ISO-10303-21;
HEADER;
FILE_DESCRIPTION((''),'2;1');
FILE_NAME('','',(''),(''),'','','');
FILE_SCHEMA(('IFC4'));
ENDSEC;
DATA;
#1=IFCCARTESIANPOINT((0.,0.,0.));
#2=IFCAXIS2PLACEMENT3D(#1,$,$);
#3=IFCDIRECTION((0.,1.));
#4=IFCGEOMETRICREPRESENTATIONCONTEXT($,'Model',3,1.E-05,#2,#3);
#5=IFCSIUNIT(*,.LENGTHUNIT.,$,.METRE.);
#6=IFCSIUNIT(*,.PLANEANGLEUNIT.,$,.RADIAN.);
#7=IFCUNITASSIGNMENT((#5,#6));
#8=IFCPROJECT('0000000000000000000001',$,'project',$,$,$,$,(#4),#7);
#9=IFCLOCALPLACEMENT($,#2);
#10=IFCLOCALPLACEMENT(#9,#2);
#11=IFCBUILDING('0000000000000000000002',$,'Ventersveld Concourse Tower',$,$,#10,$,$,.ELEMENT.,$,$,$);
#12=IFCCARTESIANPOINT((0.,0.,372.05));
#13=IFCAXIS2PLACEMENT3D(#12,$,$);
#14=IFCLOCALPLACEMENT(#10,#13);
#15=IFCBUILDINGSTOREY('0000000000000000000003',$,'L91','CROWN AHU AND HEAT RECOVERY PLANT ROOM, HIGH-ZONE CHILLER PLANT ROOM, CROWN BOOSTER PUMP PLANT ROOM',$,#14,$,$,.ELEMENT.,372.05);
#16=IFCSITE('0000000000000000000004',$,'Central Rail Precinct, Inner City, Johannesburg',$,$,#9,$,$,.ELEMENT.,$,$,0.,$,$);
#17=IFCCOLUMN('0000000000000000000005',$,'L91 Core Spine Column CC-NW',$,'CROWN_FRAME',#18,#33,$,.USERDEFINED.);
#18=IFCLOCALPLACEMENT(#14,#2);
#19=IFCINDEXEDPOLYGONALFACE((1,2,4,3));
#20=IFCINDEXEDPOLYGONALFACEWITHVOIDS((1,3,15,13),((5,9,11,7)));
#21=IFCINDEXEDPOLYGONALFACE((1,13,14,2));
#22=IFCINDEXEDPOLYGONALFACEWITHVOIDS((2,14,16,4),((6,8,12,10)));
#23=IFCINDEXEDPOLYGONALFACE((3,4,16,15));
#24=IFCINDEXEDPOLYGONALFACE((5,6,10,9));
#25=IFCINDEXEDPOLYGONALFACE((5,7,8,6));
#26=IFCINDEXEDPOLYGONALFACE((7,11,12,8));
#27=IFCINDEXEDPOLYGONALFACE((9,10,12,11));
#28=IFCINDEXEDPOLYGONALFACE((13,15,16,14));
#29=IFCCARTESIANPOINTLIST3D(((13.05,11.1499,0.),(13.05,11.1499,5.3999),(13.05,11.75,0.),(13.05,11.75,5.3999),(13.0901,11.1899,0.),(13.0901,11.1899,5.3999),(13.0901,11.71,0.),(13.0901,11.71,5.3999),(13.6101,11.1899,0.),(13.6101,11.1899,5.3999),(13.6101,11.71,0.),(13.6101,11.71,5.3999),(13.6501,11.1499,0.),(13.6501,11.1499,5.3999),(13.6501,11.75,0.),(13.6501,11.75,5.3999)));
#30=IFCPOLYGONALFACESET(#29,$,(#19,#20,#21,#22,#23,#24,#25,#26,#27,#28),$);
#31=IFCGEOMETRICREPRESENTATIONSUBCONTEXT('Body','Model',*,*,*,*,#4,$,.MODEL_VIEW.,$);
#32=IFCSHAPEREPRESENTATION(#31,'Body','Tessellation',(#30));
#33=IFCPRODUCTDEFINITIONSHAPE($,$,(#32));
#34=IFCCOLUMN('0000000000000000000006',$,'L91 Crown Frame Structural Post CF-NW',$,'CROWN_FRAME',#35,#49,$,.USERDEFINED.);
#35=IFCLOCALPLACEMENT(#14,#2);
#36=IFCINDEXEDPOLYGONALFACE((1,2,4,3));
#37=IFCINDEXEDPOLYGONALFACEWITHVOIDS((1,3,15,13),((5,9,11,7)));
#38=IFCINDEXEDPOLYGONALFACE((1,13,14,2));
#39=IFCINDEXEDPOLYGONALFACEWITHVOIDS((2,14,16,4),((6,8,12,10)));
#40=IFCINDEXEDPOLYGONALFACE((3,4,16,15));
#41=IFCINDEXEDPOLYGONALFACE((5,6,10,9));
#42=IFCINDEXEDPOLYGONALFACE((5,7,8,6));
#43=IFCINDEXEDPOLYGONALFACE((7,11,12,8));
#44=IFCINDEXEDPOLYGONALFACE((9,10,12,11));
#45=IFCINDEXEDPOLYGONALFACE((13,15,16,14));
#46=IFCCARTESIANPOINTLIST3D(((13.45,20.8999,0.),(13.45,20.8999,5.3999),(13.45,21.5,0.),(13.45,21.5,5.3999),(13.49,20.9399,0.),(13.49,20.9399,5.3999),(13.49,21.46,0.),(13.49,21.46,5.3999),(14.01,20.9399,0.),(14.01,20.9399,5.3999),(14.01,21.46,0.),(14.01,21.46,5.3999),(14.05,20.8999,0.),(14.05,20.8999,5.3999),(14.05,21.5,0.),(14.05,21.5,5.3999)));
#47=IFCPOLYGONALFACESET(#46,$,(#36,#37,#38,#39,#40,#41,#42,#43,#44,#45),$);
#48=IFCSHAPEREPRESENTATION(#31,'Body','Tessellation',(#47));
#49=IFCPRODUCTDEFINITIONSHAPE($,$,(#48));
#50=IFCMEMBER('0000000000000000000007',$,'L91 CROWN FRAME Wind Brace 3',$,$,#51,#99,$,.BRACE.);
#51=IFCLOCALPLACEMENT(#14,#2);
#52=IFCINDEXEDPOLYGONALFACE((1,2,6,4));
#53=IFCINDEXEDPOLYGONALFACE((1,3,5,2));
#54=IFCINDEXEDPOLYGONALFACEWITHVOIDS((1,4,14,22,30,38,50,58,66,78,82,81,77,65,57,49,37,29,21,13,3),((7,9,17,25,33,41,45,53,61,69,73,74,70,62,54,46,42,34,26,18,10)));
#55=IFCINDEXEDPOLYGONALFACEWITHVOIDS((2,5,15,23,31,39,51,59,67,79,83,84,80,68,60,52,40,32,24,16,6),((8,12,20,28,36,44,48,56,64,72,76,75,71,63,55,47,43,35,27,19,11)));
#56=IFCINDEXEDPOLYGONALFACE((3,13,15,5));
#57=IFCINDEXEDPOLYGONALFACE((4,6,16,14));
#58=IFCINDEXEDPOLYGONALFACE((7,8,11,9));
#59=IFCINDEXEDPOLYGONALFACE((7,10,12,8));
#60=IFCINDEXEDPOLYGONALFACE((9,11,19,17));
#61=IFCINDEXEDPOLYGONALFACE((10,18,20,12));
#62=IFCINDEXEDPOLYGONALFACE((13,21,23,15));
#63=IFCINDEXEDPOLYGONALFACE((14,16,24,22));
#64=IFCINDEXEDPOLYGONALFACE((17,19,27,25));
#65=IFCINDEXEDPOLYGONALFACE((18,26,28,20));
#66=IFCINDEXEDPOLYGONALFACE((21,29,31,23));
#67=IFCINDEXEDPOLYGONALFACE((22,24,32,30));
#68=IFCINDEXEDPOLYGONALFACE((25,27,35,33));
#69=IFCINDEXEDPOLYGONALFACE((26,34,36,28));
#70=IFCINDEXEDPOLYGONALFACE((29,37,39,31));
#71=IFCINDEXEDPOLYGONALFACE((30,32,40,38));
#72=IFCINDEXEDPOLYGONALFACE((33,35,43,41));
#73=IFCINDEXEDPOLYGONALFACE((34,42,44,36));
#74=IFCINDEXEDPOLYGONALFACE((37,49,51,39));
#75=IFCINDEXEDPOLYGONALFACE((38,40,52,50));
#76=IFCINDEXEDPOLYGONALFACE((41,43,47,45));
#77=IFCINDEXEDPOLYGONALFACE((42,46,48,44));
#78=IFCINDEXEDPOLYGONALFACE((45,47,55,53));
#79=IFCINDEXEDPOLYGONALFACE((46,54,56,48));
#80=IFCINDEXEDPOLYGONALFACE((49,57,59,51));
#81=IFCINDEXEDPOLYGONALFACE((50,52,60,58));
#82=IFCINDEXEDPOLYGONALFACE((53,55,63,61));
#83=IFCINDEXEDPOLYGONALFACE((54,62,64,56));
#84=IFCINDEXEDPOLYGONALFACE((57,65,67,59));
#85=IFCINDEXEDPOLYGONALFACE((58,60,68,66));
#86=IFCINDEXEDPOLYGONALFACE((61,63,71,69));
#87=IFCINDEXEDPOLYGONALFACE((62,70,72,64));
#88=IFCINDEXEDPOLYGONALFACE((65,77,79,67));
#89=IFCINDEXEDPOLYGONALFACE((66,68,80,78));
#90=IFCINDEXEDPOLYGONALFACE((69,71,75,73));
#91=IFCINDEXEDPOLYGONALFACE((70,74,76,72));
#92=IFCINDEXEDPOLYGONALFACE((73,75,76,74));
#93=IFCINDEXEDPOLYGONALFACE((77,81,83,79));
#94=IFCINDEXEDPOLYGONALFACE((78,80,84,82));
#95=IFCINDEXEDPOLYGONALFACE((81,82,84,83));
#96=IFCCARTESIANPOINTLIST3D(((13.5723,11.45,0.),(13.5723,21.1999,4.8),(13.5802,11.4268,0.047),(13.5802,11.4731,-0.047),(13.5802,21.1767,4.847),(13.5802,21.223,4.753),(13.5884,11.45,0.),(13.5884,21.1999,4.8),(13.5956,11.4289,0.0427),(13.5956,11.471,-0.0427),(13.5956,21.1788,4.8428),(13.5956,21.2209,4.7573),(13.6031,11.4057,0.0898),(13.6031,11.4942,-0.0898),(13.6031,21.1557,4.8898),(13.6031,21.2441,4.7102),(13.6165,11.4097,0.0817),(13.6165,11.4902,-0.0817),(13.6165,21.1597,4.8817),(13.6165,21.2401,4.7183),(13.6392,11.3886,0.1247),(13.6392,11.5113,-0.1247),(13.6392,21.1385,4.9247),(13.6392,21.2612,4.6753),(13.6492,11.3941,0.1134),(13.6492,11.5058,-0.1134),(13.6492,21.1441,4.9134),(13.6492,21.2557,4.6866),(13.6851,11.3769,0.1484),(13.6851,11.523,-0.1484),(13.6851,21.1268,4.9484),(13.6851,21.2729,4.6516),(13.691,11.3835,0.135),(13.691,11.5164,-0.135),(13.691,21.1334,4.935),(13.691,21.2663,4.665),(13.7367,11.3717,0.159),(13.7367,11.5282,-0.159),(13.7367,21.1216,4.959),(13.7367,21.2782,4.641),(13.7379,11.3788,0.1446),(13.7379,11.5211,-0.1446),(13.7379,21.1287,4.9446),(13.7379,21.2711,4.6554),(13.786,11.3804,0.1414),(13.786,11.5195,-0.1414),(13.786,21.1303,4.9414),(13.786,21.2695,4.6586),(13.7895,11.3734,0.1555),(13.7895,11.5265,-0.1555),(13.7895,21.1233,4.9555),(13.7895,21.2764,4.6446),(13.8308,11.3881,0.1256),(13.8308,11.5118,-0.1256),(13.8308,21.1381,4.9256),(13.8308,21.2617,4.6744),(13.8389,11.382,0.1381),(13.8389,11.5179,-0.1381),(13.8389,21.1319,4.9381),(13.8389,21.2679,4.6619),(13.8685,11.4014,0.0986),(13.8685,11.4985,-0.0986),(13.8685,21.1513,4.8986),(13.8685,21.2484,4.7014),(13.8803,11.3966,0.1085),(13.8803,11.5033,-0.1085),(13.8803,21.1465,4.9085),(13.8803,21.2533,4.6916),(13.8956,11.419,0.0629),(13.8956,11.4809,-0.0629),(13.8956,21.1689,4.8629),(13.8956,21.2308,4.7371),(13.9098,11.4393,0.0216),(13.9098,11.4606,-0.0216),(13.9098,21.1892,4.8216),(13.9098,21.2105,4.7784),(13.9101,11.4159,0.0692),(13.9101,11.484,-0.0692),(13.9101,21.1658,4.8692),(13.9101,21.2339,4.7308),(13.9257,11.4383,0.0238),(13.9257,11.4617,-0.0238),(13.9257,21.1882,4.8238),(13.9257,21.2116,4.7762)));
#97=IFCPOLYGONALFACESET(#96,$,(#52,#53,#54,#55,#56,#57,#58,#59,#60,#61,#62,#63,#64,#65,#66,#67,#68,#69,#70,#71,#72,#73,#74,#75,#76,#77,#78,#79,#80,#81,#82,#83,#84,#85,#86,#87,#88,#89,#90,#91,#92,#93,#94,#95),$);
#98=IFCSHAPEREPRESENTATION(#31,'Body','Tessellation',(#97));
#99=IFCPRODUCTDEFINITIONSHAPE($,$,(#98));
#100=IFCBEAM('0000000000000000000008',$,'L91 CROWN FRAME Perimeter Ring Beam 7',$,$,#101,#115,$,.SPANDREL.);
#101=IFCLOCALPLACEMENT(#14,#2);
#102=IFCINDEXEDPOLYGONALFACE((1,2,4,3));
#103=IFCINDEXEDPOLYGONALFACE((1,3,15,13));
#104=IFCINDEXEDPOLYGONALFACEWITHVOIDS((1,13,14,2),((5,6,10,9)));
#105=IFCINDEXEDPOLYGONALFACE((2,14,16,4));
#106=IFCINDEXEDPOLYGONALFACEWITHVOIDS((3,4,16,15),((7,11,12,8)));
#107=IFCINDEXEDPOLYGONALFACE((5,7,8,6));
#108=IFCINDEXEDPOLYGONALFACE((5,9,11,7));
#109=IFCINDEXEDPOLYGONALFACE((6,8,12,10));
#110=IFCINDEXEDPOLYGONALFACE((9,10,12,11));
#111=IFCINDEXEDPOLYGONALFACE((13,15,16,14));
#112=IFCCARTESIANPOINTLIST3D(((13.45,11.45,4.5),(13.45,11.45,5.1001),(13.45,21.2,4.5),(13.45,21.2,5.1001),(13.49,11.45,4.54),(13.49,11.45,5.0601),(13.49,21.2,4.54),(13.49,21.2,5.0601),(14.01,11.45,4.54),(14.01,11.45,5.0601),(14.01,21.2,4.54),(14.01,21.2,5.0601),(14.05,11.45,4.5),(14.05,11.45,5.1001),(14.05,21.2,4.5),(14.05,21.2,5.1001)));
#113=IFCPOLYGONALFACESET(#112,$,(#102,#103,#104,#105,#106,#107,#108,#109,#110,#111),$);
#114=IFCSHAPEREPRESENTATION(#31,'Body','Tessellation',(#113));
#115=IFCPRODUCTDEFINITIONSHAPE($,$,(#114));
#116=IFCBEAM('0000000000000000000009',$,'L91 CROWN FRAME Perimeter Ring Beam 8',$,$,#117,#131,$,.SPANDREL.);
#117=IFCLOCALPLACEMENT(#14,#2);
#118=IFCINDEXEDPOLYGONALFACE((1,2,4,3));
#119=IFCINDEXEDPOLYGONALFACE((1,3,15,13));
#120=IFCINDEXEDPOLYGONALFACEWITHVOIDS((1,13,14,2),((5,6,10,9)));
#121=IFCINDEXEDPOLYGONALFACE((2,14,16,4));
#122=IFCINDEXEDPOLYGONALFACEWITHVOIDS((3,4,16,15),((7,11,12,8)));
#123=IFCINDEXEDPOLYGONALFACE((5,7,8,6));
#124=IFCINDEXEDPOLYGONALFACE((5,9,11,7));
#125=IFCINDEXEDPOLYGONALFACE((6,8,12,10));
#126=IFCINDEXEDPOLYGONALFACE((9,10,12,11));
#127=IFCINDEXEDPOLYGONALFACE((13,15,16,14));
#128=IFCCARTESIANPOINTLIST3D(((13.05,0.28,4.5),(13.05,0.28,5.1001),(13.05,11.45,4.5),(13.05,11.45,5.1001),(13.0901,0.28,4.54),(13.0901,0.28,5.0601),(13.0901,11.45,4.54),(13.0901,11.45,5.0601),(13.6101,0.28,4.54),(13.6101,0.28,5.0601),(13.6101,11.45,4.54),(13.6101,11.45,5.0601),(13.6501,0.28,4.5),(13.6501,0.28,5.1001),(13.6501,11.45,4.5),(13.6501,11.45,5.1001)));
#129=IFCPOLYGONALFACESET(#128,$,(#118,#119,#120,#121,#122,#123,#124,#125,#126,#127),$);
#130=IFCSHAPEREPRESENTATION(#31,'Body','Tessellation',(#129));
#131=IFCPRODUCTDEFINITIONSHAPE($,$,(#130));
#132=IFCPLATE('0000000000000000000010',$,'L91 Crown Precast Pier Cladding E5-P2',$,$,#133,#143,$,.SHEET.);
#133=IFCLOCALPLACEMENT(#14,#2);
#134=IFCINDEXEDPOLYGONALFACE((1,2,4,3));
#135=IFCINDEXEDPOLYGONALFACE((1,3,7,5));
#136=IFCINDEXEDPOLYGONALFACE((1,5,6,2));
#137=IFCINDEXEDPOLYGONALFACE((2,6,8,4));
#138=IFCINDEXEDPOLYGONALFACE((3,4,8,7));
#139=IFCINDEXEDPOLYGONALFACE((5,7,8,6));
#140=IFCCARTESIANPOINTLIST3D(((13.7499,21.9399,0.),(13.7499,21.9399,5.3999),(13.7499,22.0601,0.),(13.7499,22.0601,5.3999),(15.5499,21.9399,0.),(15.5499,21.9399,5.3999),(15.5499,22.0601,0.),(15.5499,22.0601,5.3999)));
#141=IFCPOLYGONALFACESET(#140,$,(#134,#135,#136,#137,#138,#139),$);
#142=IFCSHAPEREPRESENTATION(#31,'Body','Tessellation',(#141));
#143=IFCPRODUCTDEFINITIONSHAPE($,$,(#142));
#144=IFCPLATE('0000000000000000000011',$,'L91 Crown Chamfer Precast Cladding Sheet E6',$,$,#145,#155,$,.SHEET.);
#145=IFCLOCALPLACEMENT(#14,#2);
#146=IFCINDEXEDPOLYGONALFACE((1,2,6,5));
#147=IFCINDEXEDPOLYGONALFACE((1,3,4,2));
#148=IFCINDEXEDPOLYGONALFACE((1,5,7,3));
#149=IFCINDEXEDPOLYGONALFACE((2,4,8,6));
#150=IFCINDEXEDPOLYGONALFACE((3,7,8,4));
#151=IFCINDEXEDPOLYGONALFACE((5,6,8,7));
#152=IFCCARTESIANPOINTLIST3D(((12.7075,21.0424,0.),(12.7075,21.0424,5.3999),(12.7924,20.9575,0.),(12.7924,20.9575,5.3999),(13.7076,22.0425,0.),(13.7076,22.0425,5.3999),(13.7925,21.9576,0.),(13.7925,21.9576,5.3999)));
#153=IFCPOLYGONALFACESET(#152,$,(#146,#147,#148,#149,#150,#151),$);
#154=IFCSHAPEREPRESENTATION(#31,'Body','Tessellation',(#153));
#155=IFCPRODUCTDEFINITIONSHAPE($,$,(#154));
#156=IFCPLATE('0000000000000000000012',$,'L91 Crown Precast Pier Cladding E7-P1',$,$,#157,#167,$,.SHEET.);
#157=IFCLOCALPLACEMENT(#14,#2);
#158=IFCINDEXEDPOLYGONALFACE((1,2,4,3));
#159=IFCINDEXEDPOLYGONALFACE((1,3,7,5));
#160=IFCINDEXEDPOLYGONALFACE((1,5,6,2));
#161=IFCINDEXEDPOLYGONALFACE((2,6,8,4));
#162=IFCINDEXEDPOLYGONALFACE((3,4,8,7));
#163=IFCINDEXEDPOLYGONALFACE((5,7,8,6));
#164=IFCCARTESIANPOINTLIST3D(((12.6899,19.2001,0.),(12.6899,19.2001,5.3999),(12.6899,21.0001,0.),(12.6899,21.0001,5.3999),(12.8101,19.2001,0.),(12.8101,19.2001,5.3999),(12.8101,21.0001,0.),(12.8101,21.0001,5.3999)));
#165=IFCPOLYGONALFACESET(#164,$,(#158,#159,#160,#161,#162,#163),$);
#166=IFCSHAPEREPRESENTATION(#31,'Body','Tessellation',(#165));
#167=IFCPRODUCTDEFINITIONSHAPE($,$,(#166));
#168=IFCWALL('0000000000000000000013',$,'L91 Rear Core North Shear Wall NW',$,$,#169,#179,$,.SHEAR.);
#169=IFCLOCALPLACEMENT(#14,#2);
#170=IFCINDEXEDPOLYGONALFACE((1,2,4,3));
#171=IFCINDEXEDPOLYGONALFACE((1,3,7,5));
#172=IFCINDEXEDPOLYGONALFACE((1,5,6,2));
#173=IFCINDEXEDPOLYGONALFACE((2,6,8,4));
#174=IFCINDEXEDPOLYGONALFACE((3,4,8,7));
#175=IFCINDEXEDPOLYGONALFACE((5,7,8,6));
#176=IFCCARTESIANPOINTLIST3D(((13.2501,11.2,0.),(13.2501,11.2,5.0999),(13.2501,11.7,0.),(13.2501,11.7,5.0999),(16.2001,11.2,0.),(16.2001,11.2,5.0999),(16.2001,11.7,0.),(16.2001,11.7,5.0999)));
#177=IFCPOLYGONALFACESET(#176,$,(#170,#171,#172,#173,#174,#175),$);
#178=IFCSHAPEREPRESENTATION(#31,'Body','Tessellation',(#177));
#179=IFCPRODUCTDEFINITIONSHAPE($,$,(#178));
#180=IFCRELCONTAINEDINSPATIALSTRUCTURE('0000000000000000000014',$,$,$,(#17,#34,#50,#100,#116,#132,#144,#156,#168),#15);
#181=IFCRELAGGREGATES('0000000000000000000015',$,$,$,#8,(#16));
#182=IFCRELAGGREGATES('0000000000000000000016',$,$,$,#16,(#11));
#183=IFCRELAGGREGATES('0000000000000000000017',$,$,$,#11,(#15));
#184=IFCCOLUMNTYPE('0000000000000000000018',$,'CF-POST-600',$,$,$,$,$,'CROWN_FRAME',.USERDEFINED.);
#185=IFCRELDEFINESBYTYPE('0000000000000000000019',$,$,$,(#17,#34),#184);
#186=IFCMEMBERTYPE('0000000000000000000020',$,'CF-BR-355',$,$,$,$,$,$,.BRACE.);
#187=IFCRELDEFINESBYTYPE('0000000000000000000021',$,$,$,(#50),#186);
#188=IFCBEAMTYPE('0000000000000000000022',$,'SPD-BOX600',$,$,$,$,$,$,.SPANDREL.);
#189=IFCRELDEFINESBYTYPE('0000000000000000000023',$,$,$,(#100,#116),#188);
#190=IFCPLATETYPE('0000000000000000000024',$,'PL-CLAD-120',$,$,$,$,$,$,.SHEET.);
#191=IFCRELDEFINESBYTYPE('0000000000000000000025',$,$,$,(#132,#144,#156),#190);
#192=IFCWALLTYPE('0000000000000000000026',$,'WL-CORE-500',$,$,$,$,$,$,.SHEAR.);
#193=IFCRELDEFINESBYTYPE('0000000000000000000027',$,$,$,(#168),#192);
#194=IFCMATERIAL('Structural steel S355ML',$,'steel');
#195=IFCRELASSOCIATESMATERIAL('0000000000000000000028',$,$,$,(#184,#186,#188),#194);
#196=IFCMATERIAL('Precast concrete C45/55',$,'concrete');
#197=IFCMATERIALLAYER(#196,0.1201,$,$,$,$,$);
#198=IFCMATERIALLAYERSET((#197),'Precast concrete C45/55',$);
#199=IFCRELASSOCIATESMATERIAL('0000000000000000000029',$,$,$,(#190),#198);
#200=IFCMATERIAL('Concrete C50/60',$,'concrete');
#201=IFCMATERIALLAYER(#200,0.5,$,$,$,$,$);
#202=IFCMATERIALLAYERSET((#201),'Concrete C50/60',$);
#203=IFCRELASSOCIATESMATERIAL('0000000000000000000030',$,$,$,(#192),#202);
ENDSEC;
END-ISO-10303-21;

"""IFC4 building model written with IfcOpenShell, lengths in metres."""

from ifc_helpers import new_model, si_unit, direction, frame, frame_2d, origin, origin_2d, place, context, subcontext, project, spatial, rectangle, hollow_rectangle, hollow_circle, extrude, material, layer, layer_set, material_profile, profile_set, type_object, element, save


model = new_model("IFC4")

# Units and contexts
model_context = context("Model", 3, precision=1e-05, world=origin(), true_north=direction((0.0, 1.0)))
body_context = subcontext(model_context, "Body", "Model", "MODEL_VIEW")
ifc_project = project(units=[si_unit("LENGTHUNIT", "METRE"), si_unit("PLANEANGLEUNIT", "RADIAN")], contexts=[model_context])

# Site, building, storey
site_placement = place(None, origin())
site = spatial("IfcSite", under=ifc_project, at=site_placement, Name="Central Rail Precinct, Inner City, Johannesburg", CompositionType="ELEMENT", RefElevation=0.0)
building_placement = place(site_placement, origin())
building = spatial("IfcBuilding", under=site, at=building_placement, Name="Ventersveld Concourse Tower", CompositionType="ELEMENT")
storey_placement = place(building_placement, frame((0.0, 0.0, 372.05)))
storey = spatial("IfcBuildingStorey", under=building, at=storey_placement, Name="L91", Description="CROWN AHU AND HEAT RECOVERY PLANT ROOM, HIGH-ZONE CHILLER PLANT ROOM, CROWN BOOSTER PUMP PLANT ROOM", CompositionType="ELEMENT", Elevation=372.05)

# Columns
ifc_material_1 = material(Name="Structural steel S355ML", Category="steel")
ifc_material_profile_1 = material_profile(ifc_material_1, hollow_rectangle(XDim=0.6001, YDim=0.6001, WallThickness=0.04, at=origin_2d()), Name="BOX 600x600x40")
ifc_profile_set_1 = profile_set([ifc_material_profile_1], Name="Structural steel S355ML")
column_type = type_object("IfcColumnType", Name="CF-POST-600", ElementType="CROWN_FRAME", PredefinedType="USERDEFINED", material=ifc_profile_set_1)
for number, where, z_axis, x_axis, name in (
    (1, (13.3501, 11.45, 0.0), (0.0, 0.0, 1.0), (1.0, 0.0, 0.0), "L91 Core Spine Column CC-NW"),
    (2, (13.75, 21.2, 0.0), (0.0, 0.0, 1.0), (1.0, 0.0, 0.0), "L91 Crown Frame Structural Post CF-NW"),
):
    element("IfcColumn", number, at=place(storey_placement, frame(where, z_axis=z_axis, x_axis=x_axis)), inside=storey, type_object=column_type, Name=name, ObjectType="CROWN_FRAME", PredefinedType="USERDEFINED", context=body_context, shape_type="SweptSolid", body=[
        extrude(hollow_rectangle(XDim=0.6001, YDim=0.6001, WallThickness=0.04, at=origin_2d()), origin(), (0.0, 0.0, 1.0), 5.3999),
    ])

# Member
ifc_material_profile_2 = material_profile(ifc_material_1, hollow_circle(Radius=0.1777, WallThickness=0.0161, at=origin_2d()), Name="CHS 355.6x16")
ifc_profile_set_2 = profile_set([ifc_material_profile_2], Name="Structural steel S355ML")
member_type = type_object("IfcMemberType", Name="CF-BR-355", PredefinedType="BRACE", material=ifc_profile_set_2)
member_placement = place(storey_placement, frame((13.75, 11.45, 0.0), z_axis=(0.0, 0.897169, 0.441688), x_axis=(-1.0, 0.0, 0.0)))
element("IfcMember", 3, at=member_placement, inside=storey, type_object=member_type, Name="L91 CROWN FRAME Wind Brace 3", PredefinedType="BRACE", context=body_context, shape_type="SweptSolid", body=[
    extrude(hollow_circle(Radius=0.1777, WallThickness=0.0161, at=origin_2d()), origin(), (0.0, 0.0, 1.0), 10.8674),
])

# Beams
ifc_material_profile_3 = material_profile(ifc_material_1, hollow_rectangle(XDim=0.6001, YDim=0.6001, WallThickness=0.04, at=origin_2d()), Name="BOX 600x600x40")
ifc_profile_set_3 = profile_set([ifc_material_profile_3], Name="Structural steel S355ML")
beam_type = type_object("IfcBeamType", Name="SPD-BOX600", PredefinedType="SPANDREL", material=ifc_profile_set_3)
beam_1_placement = place(storey_placement, frame((13.75, 21.2, 4.8), z_axis=(0.0, -1.0, 0.0), x_axis=(1.0, 0.0, 0.0)))
element("IfcBeam", 4, at=beam_1_placement, inside=storey, type_object=beam_type, Name="L91 CROWN FRAME Perimeter Ring Beam 7", PredefinedType="SPANDREL", context=body_context, shape_type="SweptSolid", body=[
    extrude(hollow_rectangle(XDim=0.6001, YDim=0.6001, WallThickness=0.04, at=origin_2d()), origin(), (0.0, 0.0, 1.0), 9.75),
])
beam_2_placement = place(storey_placement, frame((13.3501, 11.45, 4.8), z_axis=(0.0, -1.0, 0.0), x_axis=(1.0, 0.0, 0.0)))
element("IfcBeam", 5, at=beam_2_placement, inside=storey, type_object=beam_type, Name="L91 CROWN FRAME Perimeter Ring Beam 8", PredefinedType="SPANDREL", context=body_context, shape_type="SweptSolid", body=[
    extrude(hollow_rectangle(XDim=0.6001, YDim=0.6001, WallThickness=0.04, at=origin_2d()), origin(), (0.0, 0.0, 1.0), 11.1699),
])

# Plates
ifc_material_2 = material(Name="Precast concrete C45/55", Category="concrete")
ifc_layer_1 = layer(ifc_material_2, 0.1201)
ifc_layer_set_1 = layer_set([ifc_layer_1], Name="Precast concrete C45/55")
plate_type = type_object("IfcPlateType", Name="PL-CLAD-120", PredefinedType="SHEET", material=ifc_layer_set_1)
plate_1_placement = place(storey_placement, frame((14.6499, 22.0, 0.0), z_axis=(0.0, 0.0, 1.0), x_axis=(-1.0, 0.0, 0.0)))
element("IfcPlate", 6, at=plate_1_placement, inside=storey, type_object=plate_type, Name="L91 Crown Precast Pier Cladding E5-P2", PredefinedType="SHEET", context=body_context, shape_type="SweptSolid", body=[
    extrude(rectangle(XDim=1.8, YDim=0.1201, at=origin_2d()), origin(), (0.0, 0.0, 1.0), 5.3999),
])
plate_2_placement = place(storey_placement, frame((13.25, 21.5, 0.0), z_axis=(0.0, 0.0, 1.0), x_axis=(-0.707107, -0.707107, 0.0)))
element("IfcPlate", 7, at=plate_2_placement, inside=storey, type_object=plate_type, Name="L91 Crown Chamfer Precast Cladding Sheet E6", PredefinedType="SHEET", context=body_context, shape_type="SweptSolid", body=[
    extrude(rectangle(XDim=1.4143, YDim=0.1201, at=origin_2d()), origin(), (0.0, 0.0, 1.0), 5.3999),
])
plate_3_placement = place(storey_placement, frame((12.75, 20.1001, 0.0), z_axis=(0.0, 0.0, 1.0), x_axis=(0.0, -1.0, 0.0)))
element("IfcPlate", 8, at=plate_3_placement, inside=storey, type_object=plate_type, Name="L91 Crown Precast Pier Cladding E7-P1", PredefinedType="SHEET", context=body_context, shape_type="SweptSolid", body=[
    extrude(rectangle(XDim=1.8, YDim=0.1201, at=origin_2d()), origin(), (0.0, 0.0, 1.0), 5.3999),
])

# Wall
ifc_material_3 = material(Name="Concrete C50/60", Category="concrete")
ifc_layer_2 = layer(ifc_material_3, 0.5)
ifc_layer_set_2 = layer_set([ifc_layer_2], Name="Concrete C50/60")
wall_type_1 = type_object("IfcWallType", Name="WL-CORE-500", PredefinedType="SHEAR", material=ifc_layer_set_2)
wall_1_placement = place(storey_placement, frame((13.25, 11.45, 0.0), z_axis=(0.0, 0.0, 1.0), x_axis=(1.0, 0.0, 0.0)))
element("IfcWall", 9, at=wall_1_placement, inside=storey, type_object=wall_type_1, Name="L91 Rear Core North Shear Wall NW", PredefinedType="SHEAR", context=body_context, shape_type="SweptSolid", body=[
    extrude(rectangle(XDim=2.95, YDim=0.5, at=frame_2d((1.4751, 0.0))), origin(), (0.0, 0.0, 1.0), 5.0999),
])

save(model, "model.ifc")
